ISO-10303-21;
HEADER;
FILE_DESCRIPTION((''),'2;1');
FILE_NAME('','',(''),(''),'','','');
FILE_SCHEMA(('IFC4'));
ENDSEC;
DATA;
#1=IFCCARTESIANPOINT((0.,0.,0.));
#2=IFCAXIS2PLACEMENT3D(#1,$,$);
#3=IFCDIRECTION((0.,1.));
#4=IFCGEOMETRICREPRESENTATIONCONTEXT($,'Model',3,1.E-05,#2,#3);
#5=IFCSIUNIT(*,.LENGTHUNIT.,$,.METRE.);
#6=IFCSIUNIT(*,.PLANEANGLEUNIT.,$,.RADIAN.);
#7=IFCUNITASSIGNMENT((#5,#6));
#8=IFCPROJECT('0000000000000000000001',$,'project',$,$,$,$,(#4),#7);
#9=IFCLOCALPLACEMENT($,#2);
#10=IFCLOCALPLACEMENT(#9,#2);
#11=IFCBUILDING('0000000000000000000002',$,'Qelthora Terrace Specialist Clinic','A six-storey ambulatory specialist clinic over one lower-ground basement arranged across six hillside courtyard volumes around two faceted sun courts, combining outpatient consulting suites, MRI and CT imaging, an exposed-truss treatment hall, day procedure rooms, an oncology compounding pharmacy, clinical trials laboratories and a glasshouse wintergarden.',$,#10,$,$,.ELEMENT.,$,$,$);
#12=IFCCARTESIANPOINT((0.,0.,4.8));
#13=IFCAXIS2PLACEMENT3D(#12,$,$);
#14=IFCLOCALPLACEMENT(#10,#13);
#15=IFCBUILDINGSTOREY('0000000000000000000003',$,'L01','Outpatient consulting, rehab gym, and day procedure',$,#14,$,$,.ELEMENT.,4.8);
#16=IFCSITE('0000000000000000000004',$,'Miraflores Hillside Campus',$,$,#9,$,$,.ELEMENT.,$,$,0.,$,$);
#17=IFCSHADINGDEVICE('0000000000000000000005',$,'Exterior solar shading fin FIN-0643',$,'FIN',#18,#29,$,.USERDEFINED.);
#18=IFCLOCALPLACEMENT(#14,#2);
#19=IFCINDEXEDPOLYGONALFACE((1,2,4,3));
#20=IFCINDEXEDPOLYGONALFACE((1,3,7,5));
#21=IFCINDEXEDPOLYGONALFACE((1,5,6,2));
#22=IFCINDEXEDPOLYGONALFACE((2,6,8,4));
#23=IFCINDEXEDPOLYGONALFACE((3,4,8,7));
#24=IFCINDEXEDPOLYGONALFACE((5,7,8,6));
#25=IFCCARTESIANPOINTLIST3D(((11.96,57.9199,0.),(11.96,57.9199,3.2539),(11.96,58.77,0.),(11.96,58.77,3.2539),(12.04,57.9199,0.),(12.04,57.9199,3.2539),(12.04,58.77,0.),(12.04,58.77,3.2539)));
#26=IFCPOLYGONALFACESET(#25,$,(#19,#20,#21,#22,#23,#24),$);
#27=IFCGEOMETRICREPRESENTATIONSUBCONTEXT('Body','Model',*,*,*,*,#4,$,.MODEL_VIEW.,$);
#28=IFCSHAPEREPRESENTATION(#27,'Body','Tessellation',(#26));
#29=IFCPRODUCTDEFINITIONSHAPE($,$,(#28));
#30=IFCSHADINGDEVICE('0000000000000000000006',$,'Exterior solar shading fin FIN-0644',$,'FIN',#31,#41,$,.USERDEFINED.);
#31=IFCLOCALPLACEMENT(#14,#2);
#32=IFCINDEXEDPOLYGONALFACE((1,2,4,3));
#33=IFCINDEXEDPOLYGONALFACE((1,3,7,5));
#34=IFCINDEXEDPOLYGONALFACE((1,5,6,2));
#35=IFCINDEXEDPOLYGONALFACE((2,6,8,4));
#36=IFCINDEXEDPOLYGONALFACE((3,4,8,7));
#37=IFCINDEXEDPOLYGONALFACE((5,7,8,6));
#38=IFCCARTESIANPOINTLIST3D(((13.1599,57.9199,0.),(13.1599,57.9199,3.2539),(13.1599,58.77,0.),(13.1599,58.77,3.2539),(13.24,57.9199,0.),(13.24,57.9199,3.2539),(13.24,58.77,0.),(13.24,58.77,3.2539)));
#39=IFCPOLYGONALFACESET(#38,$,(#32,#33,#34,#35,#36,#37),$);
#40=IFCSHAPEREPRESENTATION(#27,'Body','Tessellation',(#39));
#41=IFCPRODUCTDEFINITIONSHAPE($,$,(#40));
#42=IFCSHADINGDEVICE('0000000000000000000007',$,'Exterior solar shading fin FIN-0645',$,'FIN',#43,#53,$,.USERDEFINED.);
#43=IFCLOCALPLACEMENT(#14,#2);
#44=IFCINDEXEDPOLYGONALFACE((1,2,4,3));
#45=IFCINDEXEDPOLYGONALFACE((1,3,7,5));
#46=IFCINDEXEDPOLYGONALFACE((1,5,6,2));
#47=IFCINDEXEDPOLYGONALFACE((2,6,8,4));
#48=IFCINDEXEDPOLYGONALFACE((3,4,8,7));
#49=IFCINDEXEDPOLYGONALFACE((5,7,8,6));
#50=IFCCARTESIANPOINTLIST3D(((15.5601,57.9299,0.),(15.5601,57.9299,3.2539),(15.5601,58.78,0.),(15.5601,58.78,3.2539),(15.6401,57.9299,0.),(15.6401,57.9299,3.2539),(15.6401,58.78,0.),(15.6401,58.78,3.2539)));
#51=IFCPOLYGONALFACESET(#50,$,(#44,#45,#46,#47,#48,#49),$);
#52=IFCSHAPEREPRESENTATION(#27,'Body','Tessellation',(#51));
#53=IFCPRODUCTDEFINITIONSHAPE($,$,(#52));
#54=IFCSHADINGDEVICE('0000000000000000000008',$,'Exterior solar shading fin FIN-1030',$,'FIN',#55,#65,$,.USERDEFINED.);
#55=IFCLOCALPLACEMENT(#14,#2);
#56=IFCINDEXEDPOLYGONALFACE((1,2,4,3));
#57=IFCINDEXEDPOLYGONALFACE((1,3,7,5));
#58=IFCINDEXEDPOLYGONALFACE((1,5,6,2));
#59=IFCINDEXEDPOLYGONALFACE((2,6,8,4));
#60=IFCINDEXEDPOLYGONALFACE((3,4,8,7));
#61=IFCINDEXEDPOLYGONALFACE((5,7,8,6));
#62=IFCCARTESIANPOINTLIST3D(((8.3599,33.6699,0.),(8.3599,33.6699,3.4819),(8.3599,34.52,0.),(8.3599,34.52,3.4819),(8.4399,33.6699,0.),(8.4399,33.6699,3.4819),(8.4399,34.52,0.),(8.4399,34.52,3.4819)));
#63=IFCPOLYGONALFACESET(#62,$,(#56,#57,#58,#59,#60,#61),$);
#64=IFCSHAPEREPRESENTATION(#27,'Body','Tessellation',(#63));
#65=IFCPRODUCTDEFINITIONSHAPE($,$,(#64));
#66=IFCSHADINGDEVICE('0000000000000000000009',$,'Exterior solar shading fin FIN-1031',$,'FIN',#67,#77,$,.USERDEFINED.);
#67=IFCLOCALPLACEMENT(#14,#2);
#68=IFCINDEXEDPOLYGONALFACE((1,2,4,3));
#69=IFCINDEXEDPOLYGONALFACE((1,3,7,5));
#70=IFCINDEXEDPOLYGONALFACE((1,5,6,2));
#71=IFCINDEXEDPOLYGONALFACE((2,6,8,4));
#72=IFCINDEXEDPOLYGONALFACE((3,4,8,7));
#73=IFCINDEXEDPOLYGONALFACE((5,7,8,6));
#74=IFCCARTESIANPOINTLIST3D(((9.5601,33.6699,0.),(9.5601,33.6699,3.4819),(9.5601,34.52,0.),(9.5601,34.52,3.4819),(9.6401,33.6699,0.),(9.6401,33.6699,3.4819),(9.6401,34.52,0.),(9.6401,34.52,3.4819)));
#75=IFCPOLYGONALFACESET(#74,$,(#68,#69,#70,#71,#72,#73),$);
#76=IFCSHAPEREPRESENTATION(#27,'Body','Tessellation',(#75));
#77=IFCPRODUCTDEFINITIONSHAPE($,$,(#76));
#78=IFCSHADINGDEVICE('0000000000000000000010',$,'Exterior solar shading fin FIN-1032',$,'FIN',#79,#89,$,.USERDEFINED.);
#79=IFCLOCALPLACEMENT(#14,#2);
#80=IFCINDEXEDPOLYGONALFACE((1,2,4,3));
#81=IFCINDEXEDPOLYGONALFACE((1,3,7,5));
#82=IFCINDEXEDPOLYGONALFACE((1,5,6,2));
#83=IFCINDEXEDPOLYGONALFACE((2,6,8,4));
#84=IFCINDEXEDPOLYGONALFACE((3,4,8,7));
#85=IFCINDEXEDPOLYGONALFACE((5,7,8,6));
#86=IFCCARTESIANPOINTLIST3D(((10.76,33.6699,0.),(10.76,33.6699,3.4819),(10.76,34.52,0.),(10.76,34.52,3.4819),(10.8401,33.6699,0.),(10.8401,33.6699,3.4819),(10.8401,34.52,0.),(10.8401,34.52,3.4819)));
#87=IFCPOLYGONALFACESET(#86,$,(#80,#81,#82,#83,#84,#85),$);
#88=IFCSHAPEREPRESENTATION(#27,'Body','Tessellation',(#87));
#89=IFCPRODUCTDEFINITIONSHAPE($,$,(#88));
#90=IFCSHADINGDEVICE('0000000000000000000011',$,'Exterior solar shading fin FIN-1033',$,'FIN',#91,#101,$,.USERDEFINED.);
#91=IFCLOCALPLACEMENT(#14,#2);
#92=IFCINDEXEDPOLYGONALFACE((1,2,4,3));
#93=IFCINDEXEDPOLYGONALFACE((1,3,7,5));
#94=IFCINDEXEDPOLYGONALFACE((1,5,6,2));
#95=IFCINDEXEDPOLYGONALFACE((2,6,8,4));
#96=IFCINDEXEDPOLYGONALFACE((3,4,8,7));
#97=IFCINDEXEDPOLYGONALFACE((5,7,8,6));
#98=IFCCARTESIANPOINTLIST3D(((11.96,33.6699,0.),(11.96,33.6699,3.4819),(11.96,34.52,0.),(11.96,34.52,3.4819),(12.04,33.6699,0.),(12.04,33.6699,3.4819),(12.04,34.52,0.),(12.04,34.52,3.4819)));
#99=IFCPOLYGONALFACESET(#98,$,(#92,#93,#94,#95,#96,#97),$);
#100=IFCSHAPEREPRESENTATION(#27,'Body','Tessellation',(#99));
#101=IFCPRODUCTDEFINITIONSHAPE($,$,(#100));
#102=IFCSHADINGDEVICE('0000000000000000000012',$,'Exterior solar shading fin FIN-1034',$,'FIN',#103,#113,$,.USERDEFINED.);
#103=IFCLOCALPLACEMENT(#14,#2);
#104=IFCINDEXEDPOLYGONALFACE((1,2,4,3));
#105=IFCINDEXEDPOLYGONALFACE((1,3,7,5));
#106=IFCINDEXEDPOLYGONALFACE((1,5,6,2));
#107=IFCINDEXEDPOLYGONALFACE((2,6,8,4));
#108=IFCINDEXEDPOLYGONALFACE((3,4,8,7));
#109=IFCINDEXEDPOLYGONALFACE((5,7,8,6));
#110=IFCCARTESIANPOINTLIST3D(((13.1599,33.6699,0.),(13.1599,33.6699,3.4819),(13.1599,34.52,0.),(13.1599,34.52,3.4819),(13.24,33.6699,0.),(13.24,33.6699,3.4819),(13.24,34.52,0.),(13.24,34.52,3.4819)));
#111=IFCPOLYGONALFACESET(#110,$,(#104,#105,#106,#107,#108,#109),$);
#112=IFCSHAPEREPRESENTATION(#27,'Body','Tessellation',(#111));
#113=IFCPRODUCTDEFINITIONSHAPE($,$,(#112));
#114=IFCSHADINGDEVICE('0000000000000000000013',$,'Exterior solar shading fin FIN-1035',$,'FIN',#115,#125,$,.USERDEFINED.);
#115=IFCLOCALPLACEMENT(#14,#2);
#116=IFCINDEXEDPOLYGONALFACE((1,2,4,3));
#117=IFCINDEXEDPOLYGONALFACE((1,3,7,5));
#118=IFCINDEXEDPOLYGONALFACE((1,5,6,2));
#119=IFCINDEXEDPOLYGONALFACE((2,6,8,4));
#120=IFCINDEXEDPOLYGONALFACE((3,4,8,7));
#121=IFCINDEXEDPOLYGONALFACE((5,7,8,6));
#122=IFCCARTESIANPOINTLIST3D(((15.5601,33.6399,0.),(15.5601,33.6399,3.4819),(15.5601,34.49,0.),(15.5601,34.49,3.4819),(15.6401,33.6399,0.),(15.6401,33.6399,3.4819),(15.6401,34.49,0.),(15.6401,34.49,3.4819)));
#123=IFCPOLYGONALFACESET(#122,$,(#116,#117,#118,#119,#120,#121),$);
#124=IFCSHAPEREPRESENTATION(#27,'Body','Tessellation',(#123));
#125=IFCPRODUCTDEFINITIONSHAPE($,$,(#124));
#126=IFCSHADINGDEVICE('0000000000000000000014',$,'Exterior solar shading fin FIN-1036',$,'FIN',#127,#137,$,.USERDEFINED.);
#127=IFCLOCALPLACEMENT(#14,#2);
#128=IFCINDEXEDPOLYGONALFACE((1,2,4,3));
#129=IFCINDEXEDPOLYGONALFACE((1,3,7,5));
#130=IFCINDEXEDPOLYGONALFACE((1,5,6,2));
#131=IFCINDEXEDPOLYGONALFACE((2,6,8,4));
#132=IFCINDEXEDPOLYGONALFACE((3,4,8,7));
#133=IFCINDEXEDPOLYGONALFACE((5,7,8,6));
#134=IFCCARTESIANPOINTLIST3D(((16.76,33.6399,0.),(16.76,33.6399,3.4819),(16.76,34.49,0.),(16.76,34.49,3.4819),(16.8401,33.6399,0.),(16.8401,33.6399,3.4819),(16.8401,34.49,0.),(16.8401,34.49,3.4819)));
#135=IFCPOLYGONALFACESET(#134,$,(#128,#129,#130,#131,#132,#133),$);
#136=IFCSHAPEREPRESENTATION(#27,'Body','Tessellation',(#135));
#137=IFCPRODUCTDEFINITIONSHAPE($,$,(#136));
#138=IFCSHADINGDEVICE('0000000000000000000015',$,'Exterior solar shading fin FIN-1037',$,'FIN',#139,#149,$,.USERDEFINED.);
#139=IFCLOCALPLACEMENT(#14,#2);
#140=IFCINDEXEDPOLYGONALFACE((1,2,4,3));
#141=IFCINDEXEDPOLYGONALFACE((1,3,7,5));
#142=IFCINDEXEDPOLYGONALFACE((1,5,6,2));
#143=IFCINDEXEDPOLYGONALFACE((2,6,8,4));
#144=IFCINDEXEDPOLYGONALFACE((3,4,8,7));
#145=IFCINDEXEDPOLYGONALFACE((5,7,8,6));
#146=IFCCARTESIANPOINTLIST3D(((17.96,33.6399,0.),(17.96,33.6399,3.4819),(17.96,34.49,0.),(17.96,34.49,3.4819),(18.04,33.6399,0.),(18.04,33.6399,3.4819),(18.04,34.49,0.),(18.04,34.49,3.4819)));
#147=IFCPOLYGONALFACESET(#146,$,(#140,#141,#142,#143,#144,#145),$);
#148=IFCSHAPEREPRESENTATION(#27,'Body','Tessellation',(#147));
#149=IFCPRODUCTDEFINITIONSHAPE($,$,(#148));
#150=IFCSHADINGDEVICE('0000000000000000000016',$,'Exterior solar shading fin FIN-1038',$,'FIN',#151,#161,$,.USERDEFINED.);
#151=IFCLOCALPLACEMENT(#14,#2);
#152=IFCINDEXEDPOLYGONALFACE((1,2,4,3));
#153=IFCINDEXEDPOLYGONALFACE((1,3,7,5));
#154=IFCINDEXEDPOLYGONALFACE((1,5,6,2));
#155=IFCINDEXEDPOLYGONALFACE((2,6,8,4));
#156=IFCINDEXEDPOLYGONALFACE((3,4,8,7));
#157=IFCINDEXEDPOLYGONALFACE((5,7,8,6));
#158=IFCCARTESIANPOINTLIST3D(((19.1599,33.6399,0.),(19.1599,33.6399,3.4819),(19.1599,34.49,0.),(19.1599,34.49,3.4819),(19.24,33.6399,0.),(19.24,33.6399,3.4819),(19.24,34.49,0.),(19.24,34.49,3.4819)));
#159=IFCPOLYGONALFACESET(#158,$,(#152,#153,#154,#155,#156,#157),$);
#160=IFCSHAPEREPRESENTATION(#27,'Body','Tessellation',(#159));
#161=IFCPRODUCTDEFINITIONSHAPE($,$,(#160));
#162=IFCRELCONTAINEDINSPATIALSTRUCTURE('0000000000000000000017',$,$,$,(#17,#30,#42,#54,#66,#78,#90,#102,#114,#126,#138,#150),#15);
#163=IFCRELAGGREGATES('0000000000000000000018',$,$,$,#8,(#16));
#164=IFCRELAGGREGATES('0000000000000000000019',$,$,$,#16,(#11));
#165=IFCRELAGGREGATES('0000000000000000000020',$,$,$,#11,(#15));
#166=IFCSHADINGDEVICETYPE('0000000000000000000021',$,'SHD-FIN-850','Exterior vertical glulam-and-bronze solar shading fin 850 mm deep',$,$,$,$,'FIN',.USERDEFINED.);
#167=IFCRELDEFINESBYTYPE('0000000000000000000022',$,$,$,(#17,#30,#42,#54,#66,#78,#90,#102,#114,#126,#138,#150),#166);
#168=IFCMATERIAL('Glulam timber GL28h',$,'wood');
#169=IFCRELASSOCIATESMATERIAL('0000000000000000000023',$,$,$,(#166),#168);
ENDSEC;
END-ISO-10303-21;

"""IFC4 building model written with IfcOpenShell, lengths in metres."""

from ifc_helpers import new_model, si_unit, direction, frame, origin, origin_2d, place, context, subcontext, project, spatial, rectangle, extrude, material, type_object, element, save


model = new_model("IFC4")

# Units and contexts
model_context = context("Model", 3, precision=1e-05, world=origin(), true_north=direction((0.0, 1.0)))
body_context = subcontext(model_context, "Body", "Model", "MODEL_VIEW")
ifc_project = project(units=[si_unit("LENGTHUNIT", "METRE"), si_unit("PLANEANGLEUNIT", "RADIAN")], contexts=[model_context])

# Site, building, storey
site_placement = place(None, origin())
site = spatial("IfcSite", under=ifc_project, at=site_placement, Name="Miraflores Hillside Campus", CompositionType="ELEMENT", RefElevation=0.0)
building_placement = place(site_placement, origin())
building = spatial("IfcBuilding", under=site, at=building_placement, Name="Qelthora Terrace Specialist Clinic", Description="A six-storey ambulatory specialist clinic over one lower-ground basement arranged across six hillside courtyard volumes around two faceted sun courts, combining outpatient consulting suites, MRI and CT imaging, an exposed-truss treatment hall, day procedure rooms, an oncology compounding pharmacy, clinical trials laboratories and a glasshouse wintergarden.", CompositionType="ELEMENT")
storey_placement = place(building_placement, frame((0.0, 0.0, 4.8)))
storey = spatial("IfcBuildingStorey", under=building, at=storey_placement, Name="L01", Description="Outpatient consulting, rehab gym, and day procedure", CompositionType="ELEMENT", Elevation=4.8)

# Shading devices
ifc_material_1 = material(Name="Glulam timber GL28h", Category="wood")
shading_device_type = type_object("IfcShadingDeviceType", Name="SHD-FIN-850", Description="Exterior vertical glulam-and-bronze solar shading fin 850 mm deep", ElementType="FIN", PredefinedType="USERDEFINED", material=ifc_material_1)
for number, where, z_axis, x_axis, name in (
    (1, (12.0, 58.345, 0.0), (0.0, 0.0, 1.0), (0.0, -1.0, 0.0), "Exterior solar shading fin FIN-0643"),
    (2, (13.2, 58.345, 0.0), (0.0, 0.0, 1.0), (0.0, -1.0, 0.0), "Exterior solar shading fin FIN-0644"),
    (3, (15.6001, 58.355, 0.0), (0.0, 0.0, 1.0), (0.0, -1.0, 0.0), "Exterior solar shading fin FIN-0645"),
):
    element("IfcShadingDevice", number, at=place(storey_placement, frame(where, z_axis=z_axis, x_axis=x_axis)), inside=storey, type_object=shading_device_type, Name=name, ObjectType="FIN", PredefinedType="USERDEFINED", context=body_context, shape_type="SweptSolid", body=[
        extrude(rectangle(XDim=0.8501, YDim=0.0801, at=origin_2d()), origin(), (0.0, 0.0, 1.0), 3.2539),
    ])
for number, where, z_axis, x_axis, name in (
    (4, (8.3999, 34.095, 0.0), (0.0, 0.0, 1.0), (0.0, 1.0, 0.0), "Exterior solar shading fin FIN-1030"),
    (5, (9.6001, 34.095, 0.0), (0.0, 0.0, 1.0), (0.0, 1.0, 0.0), "Exterior solar shading fin FIN-1031"),
    (6, (10.8, 34.095, 0.0), (0.0, 0.0, 1.0), (0.0, 1.0, 0.0), "Exterior solar shading fin FIN-1032"),
    (7, (12.0, 34.095, 0.0), (0.0, 0.0, 1.0), (0.0, 1.0, 0.0), "Exterior solar shading fin FIN-1033"),
    (8, (13.2, 34.095, 0.0), (0.0, 0.0, 1.0), (0.0, 1.0, 0.0), "Exterior solar shading fin FIN-1034"),
    (9, (15.6001, 34.0649, 0.0), (0.0, 0.0, 1.0), (0.0, 1.0, 0.0), "Exterior solar shading fin FIN-1035"),
    (10, (16.8, 34.0649, 0.0), (0.0, 0.0, 1.0), (0.0, 1.0, 0.0), "Exterior solar shading fin FIN-1036"),
    (11, (18.0, 34.0649, 0.0), (0.0, 0.0, 1.0), (0.0, 1.0, 0.0), "Exterior solar shading fin FIN-1037"),
    (12, (19.2, 34.0649, 0.0), (0.0, 0.0, 1.0), (0.0, 1.0, 0.0), "Exterior solar shading fin FIN-1038"),
):
    element("IfcShadingDevice", number, at=place(storey_placement, frame(where, z_axis=z_axis, x_axis=x_axis)), inside=storey, type_object=shading_device_type, Name=name, ObjectType="FIN", PredefinedType="USERDEFINED", context=body_context, shape_type="SweptSolid", body=[
        extrude(rectangle(XDim=0.8501, YDim=0.0801, at=origin_2d()), origin(), (0.0, 0.0, 1.0), 3.4819),
    ])

save(model, "model.ifc")
